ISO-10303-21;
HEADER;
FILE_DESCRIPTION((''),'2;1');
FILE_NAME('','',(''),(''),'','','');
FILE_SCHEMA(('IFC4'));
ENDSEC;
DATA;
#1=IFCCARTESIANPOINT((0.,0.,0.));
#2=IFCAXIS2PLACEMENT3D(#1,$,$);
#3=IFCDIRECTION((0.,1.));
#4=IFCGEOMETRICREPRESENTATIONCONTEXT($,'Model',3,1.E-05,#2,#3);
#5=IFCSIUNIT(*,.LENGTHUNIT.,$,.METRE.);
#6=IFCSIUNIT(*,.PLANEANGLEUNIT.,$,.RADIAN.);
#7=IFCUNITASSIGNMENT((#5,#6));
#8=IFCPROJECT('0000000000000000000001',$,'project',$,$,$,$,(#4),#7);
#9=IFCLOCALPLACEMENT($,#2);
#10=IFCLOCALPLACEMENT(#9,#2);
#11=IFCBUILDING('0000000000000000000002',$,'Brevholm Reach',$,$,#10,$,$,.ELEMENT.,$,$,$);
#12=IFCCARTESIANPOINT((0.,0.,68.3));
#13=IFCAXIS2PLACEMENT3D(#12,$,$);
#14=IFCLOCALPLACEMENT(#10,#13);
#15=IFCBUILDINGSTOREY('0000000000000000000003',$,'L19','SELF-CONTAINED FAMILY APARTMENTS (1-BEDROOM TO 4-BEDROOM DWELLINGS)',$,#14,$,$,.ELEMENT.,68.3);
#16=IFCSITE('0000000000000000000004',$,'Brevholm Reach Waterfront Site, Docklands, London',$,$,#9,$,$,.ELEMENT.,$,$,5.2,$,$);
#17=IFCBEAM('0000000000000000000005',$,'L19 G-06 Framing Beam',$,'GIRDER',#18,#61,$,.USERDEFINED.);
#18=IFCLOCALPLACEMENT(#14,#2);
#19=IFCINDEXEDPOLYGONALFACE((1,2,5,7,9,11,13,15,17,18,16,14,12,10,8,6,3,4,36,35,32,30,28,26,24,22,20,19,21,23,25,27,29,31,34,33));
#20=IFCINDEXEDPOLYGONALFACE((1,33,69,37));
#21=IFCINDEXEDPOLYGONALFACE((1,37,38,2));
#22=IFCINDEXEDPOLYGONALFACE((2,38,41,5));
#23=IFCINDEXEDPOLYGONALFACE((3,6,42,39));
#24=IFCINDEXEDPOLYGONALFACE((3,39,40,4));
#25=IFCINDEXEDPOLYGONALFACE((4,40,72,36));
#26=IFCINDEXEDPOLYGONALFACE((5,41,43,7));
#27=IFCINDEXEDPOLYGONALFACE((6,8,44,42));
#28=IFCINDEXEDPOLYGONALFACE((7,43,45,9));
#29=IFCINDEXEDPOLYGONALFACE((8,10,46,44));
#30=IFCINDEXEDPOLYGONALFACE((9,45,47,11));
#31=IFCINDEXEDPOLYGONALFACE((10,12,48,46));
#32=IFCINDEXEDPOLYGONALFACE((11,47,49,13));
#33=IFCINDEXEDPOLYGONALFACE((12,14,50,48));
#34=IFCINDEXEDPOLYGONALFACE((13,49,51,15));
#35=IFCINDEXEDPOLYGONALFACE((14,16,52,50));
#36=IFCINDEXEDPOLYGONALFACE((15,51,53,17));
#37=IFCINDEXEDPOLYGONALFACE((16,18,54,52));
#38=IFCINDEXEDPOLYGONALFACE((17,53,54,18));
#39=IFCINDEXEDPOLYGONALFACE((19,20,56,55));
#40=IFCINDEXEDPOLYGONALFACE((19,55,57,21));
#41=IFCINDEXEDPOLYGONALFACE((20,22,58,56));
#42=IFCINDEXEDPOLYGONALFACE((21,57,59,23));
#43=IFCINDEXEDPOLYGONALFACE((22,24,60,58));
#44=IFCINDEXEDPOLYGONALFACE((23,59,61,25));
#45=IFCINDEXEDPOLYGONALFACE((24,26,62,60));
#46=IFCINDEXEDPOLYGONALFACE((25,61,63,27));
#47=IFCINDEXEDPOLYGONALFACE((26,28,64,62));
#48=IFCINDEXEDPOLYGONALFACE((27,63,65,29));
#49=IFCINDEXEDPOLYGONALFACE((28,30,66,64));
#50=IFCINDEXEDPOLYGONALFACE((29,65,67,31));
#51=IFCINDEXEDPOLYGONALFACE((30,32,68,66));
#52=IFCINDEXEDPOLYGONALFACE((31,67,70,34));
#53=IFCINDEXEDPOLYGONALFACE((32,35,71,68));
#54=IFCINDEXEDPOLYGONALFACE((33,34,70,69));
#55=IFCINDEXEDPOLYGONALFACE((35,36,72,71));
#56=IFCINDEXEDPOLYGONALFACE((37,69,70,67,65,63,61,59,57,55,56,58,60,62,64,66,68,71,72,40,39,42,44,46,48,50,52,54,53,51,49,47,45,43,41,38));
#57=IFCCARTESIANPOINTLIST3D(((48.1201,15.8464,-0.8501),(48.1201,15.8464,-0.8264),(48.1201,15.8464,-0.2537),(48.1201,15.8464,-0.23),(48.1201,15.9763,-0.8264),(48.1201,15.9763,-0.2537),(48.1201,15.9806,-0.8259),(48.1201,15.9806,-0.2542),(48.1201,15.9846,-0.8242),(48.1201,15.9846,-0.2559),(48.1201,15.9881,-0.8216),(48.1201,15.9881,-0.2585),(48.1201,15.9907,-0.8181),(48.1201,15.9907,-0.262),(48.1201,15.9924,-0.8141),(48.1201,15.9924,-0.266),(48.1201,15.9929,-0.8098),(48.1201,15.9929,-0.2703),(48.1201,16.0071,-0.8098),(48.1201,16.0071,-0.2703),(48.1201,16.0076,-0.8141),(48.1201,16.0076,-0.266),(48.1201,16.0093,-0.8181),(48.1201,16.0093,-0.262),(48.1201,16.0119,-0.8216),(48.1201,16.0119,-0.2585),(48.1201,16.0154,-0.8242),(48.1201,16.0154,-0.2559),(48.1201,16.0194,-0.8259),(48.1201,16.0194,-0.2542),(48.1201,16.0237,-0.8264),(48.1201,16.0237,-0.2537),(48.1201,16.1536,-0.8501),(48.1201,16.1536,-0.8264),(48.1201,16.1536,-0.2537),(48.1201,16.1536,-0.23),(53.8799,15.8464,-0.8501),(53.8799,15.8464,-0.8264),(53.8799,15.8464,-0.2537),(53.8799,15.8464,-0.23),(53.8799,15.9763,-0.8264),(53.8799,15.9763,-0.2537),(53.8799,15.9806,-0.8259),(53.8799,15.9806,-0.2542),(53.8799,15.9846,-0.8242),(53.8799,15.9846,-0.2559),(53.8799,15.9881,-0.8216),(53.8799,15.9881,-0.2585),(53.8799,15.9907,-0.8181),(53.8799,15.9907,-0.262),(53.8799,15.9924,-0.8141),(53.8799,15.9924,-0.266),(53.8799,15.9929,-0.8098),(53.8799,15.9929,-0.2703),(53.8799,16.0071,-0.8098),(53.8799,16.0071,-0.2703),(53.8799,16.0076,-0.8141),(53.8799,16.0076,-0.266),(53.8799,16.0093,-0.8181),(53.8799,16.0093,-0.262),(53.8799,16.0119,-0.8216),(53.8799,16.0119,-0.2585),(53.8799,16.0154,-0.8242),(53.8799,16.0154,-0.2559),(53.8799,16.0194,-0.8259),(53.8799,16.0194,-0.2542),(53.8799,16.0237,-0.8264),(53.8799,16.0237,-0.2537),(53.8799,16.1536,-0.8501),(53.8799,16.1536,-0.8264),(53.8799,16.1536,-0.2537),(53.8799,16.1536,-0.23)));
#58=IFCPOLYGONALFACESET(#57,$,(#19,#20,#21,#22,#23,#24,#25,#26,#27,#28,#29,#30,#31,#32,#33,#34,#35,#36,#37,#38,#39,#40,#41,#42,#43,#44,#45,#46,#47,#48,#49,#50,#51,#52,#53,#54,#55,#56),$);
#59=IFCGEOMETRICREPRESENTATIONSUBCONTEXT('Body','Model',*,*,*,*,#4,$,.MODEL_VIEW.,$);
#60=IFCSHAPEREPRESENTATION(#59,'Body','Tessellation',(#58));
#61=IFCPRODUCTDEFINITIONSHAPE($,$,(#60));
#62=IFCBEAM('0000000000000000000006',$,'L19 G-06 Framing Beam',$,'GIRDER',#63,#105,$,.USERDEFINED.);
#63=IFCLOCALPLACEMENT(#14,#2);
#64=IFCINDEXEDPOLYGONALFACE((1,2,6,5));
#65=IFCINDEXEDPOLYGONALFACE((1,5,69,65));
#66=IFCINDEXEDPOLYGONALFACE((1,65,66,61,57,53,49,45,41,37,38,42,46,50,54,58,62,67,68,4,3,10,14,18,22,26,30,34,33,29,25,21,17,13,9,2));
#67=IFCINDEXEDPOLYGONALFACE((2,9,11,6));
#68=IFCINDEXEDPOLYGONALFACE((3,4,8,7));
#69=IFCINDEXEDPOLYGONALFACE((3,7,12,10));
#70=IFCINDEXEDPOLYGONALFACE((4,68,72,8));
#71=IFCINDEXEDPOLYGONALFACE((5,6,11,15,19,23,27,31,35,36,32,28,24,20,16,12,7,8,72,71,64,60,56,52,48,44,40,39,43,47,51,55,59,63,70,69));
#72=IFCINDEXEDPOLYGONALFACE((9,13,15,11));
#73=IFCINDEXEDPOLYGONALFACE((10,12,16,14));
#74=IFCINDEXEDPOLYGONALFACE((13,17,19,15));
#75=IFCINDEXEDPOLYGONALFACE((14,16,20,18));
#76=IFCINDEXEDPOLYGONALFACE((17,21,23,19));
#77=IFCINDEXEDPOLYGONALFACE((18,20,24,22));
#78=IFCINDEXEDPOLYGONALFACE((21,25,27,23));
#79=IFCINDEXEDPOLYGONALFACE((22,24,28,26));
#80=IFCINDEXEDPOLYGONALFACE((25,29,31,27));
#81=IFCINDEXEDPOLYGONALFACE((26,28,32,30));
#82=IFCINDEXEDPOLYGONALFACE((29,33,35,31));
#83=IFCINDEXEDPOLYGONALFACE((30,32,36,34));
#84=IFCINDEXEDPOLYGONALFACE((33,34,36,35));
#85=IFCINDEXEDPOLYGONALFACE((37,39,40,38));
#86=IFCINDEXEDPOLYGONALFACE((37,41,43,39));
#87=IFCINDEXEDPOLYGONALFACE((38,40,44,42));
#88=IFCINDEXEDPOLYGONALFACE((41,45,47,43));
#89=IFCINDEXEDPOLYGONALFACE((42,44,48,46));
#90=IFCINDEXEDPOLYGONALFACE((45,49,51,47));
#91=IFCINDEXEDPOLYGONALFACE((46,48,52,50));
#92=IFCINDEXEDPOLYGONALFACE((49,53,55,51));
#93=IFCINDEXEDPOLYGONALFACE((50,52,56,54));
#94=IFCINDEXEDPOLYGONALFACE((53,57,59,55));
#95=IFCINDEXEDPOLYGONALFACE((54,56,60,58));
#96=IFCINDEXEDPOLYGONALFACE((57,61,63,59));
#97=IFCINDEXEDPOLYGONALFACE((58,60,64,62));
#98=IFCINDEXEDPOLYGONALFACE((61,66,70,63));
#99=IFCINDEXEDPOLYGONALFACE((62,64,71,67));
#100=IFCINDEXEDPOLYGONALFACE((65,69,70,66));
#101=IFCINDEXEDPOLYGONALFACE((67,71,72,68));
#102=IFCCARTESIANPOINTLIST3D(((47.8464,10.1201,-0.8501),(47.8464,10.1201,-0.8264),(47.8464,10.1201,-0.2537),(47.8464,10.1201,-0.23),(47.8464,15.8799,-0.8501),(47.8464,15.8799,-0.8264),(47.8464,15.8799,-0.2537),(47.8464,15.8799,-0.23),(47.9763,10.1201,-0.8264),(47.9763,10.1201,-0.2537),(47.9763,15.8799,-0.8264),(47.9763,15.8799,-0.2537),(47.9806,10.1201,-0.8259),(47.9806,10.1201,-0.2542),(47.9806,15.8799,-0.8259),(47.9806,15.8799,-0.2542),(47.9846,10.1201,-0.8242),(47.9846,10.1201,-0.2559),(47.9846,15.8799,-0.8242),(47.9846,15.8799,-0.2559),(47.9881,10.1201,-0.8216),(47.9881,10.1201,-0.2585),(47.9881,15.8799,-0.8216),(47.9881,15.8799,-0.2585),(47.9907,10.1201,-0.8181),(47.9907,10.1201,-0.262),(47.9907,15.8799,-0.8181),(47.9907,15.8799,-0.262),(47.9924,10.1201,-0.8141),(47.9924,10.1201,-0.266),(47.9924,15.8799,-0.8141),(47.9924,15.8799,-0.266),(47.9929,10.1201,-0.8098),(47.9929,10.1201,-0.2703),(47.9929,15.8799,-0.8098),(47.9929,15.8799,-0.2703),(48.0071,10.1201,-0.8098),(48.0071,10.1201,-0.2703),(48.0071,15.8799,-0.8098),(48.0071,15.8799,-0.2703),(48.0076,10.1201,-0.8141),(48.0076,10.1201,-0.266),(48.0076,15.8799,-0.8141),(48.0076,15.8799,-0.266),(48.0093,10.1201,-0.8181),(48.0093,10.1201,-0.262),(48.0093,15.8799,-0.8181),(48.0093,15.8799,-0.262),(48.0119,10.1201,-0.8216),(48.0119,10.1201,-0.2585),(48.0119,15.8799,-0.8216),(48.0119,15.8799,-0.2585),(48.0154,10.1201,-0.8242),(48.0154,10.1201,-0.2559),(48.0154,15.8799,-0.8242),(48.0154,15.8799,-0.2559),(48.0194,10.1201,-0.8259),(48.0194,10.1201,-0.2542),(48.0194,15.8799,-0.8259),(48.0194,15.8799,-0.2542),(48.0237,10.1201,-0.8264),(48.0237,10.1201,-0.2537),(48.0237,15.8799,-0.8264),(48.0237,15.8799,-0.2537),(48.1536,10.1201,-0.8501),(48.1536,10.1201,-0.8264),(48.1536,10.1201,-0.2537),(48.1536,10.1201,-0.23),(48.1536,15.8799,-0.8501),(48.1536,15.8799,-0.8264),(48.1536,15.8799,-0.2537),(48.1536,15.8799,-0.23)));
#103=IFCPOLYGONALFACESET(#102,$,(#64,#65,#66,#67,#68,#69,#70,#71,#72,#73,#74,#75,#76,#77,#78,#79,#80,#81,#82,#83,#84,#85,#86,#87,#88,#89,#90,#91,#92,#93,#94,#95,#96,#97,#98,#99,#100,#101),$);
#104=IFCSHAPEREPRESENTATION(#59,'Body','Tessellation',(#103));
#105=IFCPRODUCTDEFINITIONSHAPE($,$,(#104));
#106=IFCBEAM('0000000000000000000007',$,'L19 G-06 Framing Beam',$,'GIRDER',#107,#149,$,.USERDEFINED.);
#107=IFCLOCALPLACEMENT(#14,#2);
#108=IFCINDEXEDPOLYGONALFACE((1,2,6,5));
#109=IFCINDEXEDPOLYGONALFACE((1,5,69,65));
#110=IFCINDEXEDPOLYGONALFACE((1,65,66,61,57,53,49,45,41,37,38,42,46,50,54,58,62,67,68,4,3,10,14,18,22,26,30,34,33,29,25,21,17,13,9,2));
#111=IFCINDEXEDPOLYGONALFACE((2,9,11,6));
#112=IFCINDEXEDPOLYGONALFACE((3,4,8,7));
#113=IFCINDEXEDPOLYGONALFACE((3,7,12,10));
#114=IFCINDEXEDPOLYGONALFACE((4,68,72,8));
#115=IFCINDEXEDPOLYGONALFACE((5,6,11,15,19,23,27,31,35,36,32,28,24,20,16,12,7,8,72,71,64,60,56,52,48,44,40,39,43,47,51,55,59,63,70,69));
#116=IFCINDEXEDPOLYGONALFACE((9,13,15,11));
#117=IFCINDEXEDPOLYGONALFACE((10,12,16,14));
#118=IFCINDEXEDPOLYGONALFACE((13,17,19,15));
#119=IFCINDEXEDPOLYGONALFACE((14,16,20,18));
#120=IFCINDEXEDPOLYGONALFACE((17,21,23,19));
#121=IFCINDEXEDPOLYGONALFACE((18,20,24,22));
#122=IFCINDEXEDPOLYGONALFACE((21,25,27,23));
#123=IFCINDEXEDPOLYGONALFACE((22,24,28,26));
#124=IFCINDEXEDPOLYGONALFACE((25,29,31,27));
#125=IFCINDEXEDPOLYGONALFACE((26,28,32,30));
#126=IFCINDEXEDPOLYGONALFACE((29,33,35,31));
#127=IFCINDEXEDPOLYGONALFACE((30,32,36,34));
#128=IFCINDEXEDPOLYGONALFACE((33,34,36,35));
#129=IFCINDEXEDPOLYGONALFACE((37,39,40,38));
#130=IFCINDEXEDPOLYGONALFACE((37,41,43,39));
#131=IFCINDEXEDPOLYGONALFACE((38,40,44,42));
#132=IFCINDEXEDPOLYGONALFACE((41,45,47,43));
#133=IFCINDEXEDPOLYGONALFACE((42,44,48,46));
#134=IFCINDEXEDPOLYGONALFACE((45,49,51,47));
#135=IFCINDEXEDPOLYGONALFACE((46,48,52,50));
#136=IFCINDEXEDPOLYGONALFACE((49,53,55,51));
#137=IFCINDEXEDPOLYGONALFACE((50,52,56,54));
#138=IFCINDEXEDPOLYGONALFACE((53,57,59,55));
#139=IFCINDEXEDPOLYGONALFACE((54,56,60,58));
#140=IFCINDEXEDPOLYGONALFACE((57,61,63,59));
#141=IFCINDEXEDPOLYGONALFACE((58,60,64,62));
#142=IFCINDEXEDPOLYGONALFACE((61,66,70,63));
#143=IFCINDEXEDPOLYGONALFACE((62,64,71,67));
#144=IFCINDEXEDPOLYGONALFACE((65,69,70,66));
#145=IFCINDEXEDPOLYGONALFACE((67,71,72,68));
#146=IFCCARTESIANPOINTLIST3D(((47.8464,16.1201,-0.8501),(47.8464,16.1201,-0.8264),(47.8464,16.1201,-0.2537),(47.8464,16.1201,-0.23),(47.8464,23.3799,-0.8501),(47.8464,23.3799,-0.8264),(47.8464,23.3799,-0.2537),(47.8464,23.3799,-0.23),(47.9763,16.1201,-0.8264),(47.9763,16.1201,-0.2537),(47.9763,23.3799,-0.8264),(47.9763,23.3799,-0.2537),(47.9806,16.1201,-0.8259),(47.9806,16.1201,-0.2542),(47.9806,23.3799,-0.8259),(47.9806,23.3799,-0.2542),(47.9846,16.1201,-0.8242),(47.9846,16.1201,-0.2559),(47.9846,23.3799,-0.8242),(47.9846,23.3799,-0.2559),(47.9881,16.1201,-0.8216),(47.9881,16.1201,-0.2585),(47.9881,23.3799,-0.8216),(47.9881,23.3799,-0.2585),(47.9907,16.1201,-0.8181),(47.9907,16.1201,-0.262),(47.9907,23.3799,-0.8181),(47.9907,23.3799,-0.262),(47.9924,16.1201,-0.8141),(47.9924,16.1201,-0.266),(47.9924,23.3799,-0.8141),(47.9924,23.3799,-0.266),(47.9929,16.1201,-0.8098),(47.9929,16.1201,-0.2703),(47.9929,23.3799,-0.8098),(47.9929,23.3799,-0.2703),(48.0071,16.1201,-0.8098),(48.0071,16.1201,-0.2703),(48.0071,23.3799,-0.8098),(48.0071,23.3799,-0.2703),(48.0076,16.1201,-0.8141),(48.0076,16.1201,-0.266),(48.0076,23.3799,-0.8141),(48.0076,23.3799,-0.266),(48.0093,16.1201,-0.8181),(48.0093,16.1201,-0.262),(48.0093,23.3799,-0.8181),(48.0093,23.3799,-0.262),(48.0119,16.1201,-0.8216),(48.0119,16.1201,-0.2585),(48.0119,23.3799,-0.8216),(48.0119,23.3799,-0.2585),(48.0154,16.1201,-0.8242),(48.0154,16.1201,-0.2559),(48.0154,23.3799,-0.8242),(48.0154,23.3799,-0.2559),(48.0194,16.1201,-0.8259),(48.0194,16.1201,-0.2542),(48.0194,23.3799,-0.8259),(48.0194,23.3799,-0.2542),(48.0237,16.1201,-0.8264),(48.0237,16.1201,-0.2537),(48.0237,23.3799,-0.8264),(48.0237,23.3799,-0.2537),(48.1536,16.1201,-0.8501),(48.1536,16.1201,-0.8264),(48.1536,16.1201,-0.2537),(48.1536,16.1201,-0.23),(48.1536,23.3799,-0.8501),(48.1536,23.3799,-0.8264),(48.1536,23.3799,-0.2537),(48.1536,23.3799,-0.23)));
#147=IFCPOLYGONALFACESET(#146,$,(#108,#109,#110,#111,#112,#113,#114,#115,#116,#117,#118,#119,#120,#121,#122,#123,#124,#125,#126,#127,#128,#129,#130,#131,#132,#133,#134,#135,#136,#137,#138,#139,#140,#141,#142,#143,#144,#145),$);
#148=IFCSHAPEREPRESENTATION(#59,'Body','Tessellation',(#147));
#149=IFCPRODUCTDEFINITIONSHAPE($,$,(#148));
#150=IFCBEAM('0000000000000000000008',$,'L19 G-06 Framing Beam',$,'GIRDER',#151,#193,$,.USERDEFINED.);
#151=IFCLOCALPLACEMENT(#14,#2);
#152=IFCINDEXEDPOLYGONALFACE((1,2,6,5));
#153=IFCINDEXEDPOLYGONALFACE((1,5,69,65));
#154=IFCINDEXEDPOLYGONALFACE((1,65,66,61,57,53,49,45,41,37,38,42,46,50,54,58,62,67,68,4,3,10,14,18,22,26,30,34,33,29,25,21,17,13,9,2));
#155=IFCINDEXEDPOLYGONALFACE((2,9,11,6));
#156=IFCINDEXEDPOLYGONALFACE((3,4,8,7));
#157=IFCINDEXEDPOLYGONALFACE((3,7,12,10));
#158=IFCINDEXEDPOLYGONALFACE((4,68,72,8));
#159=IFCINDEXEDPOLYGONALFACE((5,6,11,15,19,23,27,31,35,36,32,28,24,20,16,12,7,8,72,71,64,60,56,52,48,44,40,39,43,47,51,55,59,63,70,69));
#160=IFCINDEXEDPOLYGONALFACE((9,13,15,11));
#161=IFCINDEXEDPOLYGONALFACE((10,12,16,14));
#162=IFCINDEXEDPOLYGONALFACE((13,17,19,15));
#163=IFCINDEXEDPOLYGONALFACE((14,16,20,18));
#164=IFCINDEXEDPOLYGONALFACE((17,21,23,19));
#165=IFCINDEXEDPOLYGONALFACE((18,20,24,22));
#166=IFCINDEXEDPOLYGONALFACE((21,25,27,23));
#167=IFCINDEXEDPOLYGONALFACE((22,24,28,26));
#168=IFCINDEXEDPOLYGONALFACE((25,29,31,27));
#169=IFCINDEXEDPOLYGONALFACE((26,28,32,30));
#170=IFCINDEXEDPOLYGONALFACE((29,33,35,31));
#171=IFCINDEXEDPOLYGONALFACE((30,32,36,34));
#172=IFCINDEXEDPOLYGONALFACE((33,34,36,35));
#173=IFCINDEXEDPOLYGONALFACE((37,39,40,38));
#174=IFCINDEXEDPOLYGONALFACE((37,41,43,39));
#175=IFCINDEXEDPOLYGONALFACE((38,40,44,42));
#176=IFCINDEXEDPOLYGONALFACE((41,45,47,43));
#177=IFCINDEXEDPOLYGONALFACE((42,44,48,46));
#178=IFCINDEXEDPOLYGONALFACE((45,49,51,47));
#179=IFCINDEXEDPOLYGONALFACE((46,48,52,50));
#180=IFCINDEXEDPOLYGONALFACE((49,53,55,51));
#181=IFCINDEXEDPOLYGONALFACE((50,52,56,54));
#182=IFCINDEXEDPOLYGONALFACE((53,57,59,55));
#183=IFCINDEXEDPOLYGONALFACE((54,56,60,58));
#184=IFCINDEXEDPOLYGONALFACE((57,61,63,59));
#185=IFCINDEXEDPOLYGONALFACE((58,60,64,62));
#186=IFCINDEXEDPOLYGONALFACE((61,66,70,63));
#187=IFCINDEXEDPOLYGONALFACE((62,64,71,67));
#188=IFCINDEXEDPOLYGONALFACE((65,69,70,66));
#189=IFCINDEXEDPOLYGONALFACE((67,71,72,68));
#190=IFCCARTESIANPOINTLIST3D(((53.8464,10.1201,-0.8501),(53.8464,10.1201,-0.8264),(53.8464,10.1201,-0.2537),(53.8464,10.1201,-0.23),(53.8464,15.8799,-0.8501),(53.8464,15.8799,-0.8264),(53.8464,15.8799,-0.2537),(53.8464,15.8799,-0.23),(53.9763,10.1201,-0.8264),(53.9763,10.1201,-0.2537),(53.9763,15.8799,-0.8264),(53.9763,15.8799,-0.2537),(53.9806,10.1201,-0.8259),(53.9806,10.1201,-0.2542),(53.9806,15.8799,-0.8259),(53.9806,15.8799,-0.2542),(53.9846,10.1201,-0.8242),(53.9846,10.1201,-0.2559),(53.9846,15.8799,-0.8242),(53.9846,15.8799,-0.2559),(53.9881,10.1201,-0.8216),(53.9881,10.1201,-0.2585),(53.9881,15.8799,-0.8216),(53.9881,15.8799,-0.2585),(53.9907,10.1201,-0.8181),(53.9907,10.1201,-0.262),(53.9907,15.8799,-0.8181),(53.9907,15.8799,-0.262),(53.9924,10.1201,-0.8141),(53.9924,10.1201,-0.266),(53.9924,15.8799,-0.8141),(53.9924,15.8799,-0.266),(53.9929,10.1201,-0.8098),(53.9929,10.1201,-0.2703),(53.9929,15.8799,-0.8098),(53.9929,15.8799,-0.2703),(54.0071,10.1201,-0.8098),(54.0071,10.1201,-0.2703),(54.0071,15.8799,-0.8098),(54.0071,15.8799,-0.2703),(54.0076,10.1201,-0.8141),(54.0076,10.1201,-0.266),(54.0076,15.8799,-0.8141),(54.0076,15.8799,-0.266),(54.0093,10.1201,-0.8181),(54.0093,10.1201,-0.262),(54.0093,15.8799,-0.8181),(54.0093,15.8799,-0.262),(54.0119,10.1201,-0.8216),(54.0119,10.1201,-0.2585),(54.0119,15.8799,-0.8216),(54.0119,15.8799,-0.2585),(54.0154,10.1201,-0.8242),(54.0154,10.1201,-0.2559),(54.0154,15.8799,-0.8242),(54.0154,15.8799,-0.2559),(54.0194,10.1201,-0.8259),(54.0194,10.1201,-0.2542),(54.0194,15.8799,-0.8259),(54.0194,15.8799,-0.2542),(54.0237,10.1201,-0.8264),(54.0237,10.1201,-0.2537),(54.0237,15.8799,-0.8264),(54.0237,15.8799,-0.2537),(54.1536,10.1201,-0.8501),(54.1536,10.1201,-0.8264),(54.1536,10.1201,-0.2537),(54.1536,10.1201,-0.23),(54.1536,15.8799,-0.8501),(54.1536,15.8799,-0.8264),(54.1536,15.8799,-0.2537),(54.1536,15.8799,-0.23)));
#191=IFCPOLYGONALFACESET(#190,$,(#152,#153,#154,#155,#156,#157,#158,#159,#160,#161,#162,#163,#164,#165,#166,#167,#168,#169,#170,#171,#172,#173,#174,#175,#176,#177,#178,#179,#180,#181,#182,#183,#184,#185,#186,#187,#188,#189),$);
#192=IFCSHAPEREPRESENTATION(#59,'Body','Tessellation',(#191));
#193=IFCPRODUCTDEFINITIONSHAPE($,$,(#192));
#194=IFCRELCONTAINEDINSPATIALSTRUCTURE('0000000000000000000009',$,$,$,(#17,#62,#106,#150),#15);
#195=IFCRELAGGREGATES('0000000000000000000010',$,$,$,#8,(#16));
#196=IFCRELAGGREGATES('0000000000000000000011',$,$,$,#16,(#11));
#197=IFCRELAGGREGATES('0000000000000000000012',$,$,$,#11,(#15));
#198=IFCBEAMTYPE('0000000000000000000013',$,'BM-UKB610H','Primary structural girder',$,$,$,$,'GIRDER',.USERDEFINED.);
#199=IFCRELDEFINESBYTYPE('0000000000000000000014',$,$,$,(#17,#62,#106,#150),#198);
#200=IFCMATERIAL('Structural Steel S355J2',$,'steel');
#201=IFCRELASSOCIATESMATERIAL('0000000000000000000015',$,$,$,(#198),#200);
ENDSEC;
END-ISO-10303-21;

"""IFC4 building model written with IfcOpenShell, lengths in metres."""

from ifc_helpers import new_model, si_unit, direction, frame, origin, origin_2d, place, context, subcontext, project, spatial, i_section, extrude, material, material_profile, profile_set, type_object, element, save


model = new_model("IFC4")

# Units and contexts
model_context = context("Model", 3, precision=1e-05, world=origin(), true_north=direction((0.0, 1.0)))
body_context = subcontext(model_context, "Body", "Model", "MODEL_VIEW")
ifc_project = project(units=[si_unit("LENGTHUNIT", "METRE"), si_unit("PLANEANGLEUNIT", "RADIAN")], contexts=[model_context])

# Site, building, storey
site_placement = place(None, origin())
site = spatial("IfcSite", under=ifc_project, at=site_placement, Name="Brevholm Reach Waterfront Site, Docklands, London", CompositionType="ELEMENT", RefElevation=5.2)
building_placement = place(site_placement, origin())
building = spatial("IfcBuilding", under=site, at=building_placement, Name="Brevholm Reach", CompositionType="ELEMENT")
storey_placement = place(building_placement, frame((0.0, 0.0, 68.3)))
storey = spatial("IfcBuildingStorey", under=building, at=storey_placement, Name="L19", Description="SELF-CONTAINED FAMILY APARTMENTS (1-BEDROOM TO 4-BEDROOM DWELLINGS)", CompositionType="ELEMENT", Elevation=68.3)

# Beams
ifc_material_1 = material(Name="Structural Steel S355J2", Category="steel")
ifc_material_profile = material_profile(ifc_material_1, i_section(OverallWidth=0.3071, OverallDepth=0.6201, WebThickness=0.0142, FlangeThickness=0.0237, FilletRadius=0.0166, at=origin_2d()), Name="UKB 610x305x179")
ifc_profile_set = profile_set([ifc_material_profile], Name="Structural Steel S355J2")
beam_type = type_object("IfcBeamType", Name="BM-UKB610H", Description="Primary structural girder", ElementType="GIRDER", PredefinedType="USERDEFINED", material=ifc_profile_set)
for number, where, z_axis, x_axis, name in (
    (1, (48.1201, 16.0, -0.54), (1.0, 0.0, 0.0), (0.0, 1.0, 0.0), "L19 G-06 Framing Beam"),
    (2, (48.0, 10.1201, -0.54), (0.0, 1.0, 0.0), (-1.0, 0.0, 0.0), "L19 G-06 Framing Beam"),
):
    element("IfcBeam", number, at=place(storey_placement, frame(where, z_axis=z_axis, x_axis=x_axis)), inside=storey, type_object=beam_type, Name=name, ObjectType="GIRDER", PredefinedType="USERDEFINED", context=body_context, shape_type="SweptSolid", body=[
        extrude(i_section(OverallWidth=0.3071, OverallDepth=0.6201, WebThickness=0.0142, FlangeThickness=0.0237, FilletRadius=0.0166, at=origin_2d()), origin(), (0.0, 0.0, 1.0), 5.7598),
    ])
beam_1_placement = place(storey_placement, frame((48.0, 16.1201, -0.54), z_axis=(0.0, 1.0, 0.0), x_axis=(-1.0, 0.0, 0.0)))
element("IfcBeam", 3, at=beam_1_placement, inside=storey, type_object=beam_type, Name="L19 G-06 Framing Beam", ObjectType="GIRDER", PredefinedType="USERDEFINED", context=body_context, shape_type="SweptSolid", body=[
    extrude(i_section(OverallWidth=0.3071, OverallDepth=0.6201, WebThickness=0.0142, FlangeThickness=0.0237, FilletRadius=0.0166, at=origin_2d()), origin(), (0.0, 0.0, 1.0), 7.2598),
])
beam_2_placement = place(storey_placement, frame((54.0, 10.1201, -0.54), z_axis=(0.0, 1.0, 0.0), x_axis=(-1.0, 0.0, 0.0)))
element("IfcBeam", 4, at=beam_2_placement, inside=storey, type_object=beam_type, Name="L19 G-06 Framing Beam", ObjectType="GIRDER", PredefinedType="USERDEFINED", context=body_context, shape_type="SweptSolid", body=[
    extrude(i_section(OverallWidth=0.3071, OverallDepth=0.6201, WebThickness=0.0142, FlangeThickness=0.0237, FilletRadius=0.0166, at=origin_2d()), origin(), (0.0, 0.0, 1.0), 5.7598),
])

save(model, "model.ifc")
